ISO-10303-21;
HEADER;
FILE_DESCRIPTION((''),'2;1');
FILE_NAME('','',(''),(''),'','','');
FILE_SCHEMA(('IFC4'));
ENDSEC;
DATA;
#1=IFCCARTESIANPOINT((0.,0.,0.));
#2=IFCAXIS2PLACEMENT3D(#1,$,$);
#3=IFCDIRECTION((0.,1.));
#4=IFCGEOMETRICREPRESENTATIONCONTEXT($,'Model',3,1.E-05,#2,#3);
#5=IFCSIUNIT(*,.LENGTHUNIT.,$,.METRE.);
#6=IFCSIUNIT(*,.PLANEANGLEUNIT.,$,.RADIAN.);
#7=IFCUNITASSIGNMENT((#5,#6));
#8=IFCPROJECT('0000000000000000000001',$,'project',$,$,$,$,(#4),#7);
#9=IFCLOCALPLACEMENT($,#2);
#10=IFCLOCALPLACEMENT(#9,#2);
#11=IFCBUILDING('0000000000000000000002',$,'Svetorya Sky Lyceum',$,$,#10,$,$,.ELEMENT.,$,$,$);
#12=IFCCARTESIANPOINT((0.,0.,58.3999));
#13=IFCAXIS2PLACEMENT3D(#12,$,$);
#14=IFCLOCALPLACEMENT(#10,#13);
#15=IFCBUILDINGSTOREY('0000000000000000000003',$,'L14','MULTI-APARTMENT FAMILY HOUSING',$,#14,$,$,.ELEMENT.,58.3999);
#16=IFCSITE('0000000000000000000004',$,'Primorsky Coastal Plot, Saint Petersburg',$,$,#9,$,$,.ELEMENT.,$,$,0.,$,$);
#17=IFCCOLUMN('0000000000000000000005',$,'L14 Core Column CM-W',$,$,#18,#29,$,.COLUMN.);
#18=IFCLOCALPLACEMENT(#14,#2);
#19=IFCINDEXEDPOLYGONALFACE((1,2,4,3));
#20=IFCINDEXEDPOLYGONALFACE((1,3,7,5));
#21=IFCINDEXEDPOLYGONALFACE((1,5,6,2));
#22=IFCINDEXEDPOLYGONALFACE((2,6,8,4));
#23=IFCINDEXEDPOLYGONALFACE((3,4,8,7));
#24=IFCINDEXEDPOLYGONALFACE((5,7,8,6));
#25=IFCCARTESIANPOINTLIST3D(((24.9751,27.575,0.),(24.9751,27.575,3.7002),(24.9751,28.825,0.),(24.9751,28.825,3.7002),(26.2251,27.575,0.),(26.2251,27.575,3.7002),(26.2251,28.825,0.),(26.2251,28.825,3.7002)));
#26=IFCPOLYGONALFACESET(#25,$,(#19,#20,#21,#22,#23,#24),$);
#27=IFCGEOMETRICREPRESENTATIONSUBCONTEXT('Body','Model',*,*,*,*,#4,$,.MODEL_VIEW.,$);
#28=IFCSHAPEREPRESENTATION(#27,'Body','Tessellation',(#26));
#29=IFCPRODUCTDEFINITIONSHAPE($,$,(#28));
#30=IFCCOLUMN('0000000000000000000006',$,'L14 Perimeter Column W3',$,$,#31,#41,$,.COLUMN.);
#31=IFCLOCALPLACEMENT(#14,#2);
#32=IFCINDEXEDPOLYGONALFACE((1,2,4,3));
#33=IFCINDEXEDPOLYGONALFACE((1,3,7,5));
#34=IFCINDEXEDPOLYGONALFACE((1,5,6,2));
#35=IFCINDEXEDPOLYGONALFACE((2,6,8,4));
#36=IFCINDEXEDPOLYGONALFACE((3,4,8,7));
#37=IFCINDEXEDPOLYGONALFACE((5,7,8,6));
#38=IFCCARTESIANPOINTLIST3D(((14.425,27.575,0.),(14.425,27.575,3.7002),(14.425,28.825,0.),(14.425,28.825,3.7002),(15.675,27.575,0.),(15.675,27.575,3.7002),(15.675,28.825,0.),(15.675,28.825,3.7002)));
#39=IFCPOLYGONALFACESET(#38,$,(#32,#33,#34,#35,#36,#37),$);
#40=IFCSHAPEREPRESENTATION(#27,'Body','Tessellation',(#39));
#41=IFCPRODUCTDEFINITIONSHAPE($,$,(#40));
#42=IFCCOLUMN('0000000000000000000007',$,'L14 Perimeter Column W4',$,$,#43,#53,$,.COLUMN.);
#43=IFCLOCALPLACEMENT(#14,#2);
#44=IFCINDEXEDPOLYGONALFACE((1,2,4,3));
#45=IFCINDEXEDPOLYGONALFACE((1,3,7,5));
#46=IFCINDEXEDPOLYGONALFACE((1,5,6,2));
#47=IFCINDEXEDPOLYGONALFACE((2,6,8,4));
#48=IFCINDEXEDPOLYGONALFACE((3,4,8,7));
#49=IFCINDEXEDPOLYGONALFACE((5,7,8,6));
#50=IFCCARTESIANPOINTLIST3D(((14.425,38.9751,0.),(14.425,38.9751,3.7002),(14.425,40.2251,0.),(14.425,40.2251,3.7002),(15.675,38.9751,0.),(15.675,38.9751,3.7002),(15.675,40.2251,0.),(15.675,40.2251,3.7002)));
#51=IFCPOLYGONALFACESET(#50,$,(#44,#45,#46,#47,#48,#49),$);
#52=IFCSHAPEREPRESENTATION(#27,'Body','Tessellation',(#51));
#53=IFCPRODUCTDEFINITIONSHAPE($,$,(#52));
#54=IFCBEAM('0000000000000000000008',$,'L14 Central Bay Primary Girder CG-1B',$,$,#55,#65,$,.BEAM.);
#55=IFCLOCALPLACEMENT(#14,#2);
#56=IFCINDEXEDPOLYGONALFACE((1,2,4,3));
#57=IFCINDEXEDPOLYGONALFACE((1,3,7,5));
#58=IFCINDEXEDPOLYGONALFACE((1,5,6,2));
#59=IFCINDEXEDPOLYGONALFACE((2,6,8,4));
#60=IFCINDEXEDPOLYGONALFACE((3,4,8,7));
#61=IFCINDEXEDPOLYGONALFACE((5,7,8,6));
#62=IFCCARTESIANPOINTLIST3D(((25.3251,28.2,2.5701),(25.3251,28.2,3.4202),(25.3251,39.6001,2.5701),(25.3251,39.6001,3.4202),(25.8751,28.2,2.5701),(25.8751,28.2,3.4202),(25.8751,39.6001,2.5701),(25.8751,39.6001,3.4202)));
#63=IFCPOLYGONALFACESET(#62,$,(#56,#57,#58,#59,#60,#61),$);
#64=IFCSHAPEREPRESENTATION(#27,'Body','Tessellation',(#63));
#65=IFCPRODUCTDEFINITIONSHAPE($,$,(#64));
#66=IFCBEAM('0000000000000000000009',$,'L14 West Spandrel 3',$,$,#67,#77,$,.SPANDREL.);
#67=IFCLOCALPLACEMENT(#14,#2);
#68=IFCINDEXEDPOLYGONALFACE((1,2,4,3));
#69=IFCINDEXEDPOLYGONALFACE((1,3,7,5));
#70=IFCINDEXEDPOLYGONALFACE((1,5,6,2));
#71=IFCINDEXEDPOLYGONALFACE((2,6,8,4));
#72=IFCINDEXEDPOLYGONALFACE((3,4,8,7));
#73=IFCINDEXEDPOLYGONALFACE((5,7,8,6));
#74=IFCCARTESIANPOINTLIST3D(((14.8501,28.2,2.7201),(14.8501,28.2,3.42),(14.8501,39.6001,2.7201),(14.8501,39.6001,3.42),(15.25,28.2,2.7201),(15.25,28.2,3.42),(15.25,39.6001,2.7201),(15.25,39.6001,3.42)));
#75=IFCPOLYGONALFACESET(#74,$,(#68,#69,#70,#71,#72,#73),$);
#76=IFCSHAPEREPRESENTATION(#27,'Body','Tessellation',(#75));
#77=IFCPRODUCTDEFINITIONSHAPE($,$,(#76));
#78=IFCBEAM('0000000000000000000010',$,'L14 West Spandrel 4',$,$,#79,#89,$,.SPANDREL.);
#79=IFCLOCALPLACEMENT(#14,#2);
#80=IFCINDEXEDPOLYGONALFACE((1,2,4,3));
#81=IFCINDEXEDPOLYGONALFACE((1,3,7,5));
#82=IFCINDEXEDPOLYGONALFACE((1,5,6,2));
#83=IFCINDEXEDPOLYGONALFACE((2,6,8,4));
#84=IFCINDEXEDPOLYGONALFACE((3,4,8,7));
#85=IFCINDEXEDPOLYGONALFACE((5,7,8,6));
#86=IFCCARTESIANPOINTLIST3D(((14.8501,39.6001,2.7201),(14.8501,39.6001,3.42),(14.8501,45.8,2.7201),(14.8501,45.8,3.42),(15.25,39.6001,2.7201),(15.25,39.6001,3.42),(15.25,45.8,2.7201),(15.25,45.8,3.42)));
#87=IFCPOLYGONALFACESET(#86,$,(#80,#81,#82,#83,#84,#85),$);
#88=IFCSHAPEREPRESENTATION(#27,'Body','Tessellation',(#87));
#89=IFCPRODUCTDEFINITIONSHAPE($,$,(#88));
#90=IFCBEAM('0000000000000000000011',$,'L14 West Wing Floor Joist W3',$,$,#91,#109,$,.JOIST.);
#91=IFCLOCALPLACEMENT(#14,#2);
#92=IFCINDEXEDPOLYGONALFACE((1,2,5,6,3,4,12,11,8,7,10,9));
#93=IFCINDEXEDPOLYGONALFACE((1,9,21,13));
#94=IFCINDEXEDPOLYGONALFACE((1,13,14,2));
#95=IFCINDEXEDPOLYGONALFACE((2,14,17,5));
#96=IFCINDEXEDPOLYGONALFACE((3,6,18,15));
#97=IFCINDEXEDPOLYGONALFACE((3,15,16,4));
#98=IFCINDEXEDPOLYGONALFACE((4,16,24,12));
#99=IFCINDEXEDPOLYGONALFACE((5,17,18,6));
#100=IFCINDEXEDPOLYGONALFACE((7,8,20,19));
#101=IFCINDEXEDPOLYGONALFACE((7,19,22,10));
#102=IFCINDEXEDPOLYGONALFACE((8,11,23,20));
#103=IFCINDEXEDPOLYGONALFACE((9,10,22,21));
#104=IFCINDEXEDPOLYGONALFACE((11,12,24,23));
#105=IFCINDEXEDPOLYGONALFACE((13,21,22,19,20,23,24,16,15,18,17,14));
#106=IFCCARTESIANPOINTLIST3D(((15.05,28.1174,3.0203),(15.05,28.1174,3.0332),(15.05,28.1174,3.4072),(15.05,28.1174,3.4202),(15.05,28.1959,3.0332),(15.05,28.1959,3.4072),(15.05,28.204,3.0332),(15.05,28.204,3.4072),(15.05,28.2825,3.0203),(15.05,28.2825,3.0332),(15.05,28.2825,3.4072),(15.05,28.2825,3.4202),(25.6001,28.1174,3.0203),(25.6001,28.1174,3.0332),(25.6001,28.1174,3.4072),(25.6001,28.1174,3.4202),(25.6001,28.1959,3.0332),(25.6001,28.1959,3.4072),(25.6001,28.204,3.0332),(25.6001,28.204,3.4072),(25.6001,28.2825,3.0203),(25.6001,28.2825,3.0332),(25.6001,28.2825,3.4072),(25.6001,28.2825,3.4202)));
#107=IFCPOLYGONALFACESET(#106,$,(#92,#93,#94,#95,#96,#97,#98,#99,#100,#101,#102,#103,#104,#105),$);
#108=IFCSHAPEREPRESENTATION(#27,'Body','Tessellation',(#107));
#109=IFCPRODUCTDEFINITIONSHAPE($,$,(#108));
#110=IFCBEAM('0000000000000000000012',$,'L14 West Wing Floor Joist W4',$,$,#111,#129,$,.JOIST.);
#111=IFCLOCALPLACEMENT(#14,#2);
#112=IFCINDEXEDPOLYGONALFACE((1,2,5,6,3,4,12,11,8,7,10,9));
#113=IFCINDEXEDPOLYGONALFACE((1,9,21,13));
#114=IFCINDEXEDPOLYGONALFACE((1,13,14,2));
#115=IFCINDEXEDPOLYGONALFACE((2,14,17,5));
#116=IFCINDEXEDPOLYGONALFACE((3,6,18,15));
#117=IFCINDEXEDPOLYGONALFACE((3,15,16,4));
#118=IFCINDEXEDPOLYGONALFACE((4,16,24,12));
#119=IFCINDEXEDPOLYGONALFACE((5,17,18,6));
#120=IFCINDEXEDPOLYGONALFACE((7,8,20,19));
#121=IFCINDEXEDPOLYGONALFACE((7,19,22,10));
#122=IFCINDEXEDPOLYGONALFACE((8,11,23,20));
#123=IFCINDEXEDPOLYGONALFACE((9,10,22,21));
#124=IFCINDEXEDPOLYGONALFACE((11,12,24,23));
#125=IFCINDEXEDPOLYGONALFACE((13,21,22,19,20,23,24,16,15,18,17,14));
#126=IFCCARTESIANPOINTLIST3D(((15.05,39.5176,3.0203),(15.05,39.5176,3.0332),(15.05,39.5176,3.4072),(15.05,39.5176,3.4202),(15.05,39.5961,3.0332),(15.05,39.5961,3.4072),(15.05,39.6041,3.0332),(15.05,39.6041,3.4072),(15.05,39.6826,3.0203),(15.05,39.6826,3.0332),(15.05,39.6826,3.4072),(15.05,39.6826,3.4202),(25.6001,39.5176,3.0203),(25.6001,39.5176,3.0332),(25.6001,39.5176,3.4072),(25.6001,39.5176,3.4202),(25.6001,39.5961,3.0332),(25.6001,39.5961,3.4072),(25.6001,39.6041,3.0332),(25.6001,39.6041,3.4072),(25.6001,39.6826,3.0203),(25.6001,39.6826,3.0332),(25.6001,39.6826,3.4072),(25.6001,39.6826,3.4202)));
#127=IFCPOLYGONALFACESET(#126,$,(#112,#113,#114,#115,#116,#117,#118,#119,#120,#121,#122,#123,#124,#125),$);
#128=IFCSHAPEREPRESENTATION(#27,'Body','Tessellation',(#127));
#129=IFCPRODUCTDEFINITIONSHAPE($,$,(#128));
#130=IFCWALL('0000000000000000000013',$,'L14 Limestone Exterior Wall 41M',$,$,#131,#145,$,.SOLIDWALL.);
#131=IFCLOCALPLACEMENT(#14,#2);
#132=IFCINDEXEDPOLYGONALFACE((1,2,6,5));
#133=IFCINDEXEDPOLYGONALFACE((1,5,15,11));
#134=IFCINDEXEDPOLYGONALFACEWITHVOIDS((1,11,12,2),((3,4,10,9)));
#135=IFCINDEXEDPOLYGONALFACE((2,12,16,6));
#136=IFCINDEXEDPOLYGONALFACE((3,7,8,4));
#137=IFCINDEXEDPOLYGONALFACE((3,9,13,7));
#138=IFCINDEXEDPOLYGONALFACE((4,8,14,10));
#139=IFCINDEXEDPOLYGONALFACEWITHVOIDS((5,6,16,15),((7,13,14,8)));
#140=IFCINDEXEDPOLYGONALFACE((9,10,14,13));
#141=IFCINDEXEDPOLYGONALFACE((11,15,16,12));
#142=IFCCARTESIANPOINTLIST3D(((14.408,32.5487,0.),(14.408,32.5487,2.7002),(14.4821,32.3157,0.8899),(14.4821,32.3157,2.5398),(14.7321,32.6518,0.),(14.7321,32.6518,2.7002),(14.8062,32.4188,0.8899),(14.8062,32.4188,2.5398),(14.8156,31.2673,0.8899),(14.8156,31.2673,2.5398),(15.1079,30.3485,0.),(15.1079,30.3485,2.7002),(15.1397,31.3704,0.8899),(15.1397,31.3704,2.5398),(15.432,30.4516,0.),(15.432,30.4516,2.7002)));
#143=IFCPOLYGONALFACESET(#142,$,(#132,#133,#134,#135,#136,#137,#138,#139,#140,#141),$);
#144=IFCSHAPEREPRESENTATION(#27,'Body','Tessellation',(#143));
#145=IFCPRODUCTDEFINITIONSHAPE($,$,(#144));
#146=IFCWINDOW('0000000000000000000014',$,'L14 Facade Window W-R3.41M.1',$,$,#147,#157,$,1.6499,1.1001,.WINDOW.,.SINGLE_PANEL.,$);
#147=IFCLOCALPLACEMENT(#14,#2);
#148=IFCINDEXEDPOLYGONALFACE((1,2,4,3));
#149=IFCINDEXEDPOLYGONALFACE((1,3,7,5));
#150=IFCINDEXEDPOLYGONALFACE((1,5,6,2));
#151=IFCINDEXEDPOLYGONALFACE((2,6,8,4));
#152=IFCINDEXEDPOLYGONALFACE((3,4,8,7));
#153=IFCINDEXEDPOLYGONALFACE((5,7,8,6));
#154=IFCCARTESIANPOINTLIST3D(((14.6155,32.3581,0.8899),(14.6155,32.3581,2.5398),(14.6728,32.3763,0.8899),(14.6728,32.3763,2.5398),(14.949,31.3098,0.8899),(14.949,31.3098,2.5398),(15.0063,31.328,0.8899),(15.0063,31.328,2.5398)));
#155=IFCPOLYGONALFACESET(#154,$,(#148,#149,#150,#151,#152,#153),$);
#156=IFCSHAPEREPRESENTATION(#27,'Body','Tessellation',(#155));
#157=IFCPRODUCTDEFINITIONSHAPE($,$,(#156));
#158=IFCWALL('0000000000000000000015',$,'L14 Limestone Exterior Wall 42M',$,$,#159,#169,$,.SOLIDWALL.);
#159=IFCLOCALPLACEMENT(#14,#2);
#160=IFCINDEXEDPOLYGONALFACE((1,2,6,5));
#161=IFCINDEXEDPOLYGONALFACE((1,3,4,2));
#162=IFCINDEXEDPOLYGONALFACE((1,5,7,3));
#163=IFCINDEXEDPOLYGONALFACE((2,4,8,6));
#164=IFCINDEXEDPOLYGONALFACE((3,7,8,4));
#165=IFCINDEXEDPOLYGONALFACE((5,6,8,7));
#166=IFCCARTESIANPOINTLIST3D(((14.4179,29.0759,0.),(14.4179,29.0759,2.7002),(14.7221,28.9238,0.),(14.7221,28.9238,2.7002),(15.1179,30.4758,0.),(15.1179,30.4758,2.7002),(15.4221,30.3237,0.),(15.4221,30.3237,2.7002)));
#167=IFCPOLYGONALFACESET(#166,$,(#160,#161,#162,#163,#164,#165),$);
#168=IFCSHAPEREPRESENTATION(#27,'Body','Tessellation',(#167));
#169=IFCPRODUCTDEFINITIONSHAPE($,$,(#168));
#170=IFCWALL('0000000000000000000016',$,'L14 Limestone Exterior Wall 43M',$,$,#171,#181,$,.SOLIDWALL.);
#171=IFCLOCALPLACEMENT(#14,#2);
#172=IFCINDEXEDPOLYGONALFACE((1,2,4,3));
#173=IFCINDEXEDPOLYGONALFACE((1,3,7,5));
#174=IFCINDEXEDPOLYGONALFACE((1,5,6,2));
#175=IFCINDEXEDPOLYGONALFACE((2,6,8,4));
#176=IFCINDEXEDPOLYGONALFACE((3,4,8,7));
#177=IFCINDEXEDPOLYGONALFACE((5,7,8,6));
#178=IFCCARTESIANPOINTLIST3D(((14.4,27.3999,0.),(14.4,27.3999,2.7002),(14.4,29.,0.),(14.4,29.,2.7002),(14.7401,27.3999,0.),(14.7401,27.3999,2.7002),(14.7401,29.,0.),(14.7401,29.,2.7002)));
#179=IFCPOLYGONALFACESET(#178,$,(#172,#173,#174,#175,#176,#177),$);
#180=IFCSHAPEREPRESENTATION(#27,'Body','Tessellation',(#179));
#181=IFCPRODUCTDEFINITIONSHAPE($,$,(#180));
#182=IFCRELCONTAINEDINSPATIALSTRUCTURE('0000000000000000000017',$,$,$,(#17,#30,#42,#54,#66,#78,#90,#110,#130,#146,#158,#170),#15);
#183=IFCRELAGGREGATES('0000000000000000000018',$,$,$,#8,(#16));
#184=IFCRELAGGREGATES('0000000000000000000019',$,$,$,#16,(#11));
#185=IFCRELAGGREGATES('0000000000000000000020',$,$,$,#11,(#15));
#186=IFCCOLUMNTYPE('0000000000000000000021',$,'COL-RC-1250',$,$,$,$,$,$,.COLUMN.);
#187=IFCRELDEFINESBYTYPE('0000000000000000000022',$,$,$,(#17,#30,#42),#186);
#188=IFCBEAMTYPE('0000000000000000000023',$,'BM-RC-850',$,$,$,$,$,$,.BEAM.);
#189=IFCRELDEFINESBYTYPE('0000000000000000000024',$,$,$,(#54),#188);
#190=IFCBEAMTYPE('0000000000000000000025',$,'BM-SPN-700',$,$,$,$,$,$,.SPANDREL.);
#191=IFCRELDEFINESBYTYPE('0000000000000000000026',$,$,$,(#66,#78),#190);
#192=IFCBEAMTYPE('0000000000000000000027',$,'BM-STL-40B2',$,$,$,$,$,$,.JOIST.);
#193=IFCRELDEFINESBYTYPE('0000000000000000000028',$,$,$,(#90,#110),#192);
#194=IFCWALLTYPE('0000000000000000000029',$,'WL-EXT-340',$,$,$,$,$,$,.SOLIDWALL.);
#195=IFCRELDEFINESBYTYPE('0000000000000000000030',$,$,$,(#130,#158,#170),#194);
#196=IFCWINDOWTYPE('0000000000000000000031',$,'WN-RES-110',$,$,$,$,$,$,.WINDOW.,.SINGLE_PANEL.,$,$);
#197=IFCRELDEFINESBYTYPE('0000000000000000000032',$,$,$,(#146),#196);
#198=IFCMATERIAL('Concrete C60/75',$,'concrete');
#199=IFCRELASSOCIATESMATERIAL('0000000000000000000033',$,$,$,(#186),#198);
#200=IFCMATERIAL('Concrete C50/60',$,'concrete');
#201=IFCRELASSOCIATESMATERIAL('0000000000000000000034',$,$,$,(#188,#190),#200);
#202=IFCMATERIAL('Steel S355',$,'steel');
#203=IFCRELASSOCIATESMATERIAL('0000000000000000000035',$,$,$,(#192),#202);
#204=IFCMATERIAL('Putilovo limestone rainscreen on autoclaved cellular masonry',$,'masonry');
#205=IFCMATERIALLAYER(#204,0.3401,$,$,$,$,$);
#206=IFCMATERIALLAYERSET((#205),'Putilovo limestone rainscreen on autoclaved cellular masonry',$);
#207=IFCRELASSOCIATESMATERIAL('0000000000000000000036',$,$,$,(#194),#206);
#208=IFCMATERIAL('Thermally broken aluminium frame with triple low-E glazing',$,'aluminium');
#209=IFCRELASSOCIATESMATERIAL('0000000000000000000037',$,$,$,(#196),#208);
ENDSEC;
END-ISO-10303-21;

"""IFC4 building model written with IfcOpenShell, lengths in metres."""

from ifc_helpers import new_model, si_unit, direction, frame, frame_2d, origin, origin_2d, place, context, subcontext, project, spatial, rectangle, i_section, extrude, material, layer, layer_set, material_profile, profile_set, type_object, element, fill, save


model = new_model("IFC4")

# Units and contexts
model_context = context("Model", 3, precision=1e-05, world=origin(), true_north=direction((0.0, 1.0)))
body_context = subcontext(model_context, "Body", "Model", "MODEL_VIEW")
ifc_project = project(units=[si_unit("LENGTHUNIT", "METRE"), si_unit("PLANEANGLEUNIT", "RADIAN")], contexts=[model_context])

# Site, building, storey
site_placement = place(None, origin())
site = spatial("IfcSite", under=ifc_project, at=site_placement, Name="Primorsky Coastal Plot, Saint Petersburg", CompositionType="ELEMENT", RefElevation=0.0)
building_placement = place(site_placement, origin())
building = spatial("IfcBuilding", under=site, at=building_placement, Name="Svetorya Sky Lyceum", CompositionType="ELEMENT")
storey_placement = place(building_placement, frame((0.0, 0.0, 58.3999)))
storey = spatial("IfcBuildingStorey", under=building, at=storey_placement, Name="L14", Description="MULTI-APARTMENT FAMILY HOUSING", CompositionType="ELEMENT", Elevation=58.3999)

# Columns
ifc_material_1 = material(Name="Concrete C60/75", Category="concrete")
ifc_material_profile_1 = material_profile(ifc_material_1, rectangle(XDim=1.25, YDim=1.25, at=origin_2d()), Name="RC COL 1250x1250")
ifc_profile_set_1 = profile_set([ifc_material_profile_1], Name="Concrete C60/75")
column_type = type_object("IfcColumnType", Name="COL-RC-1250", PredefinedType="COLUMN", material=ifc_profile_set_1)
for number, where, z_axis, x_axis, name in (
    (1, (25.6001, 28.2, 0.0), (0.0, 0.0, 1.0), (1.0, 0.0, 0.0), "L14 Core Column CM-W"),
    (2, (15.05, 28.2, 0.0), (0.0, 0.0, 1.0), (1.0, 0.0, 0.0), "L14 Perimeter Column W3"),
    (3, (15.05, 39.6001, 0.0), (0.0, 0.0, 1.0), (1.0, 0.0, 0.0), "L14 Perimeter Column W4"),
):
    element("IfcColumn", number, at=place(storey_placement, frame(where, z_axis=z_axis, x_axis=x_axis)), inside=storey, type_object=column_type, Name=name, PredefinedType="COLUMN", context=body_context, shape_type="SweptSolid", body=[
        extrude(rectangle(XDim=1.25, YDim=1.25, at=origin_2d()), origin(), (0.0, 0.0, 1.0), 3.7002),
    ])

# Beams
ifc_material_2 = material(Name="Concrete C50/60", Category="concrete")
ifc_material_profile_2 = material_profile(ifc_material_2, rectangle(XDim=0.55, YDim=0.8501, at=origin_2d()), Name="RC BEAM 550x850")
ifc_profile_set_2 = profile_set([ifc_material_profile_2], Name="Concrete C50/60")
beam_type_1 = type_object("IfcBeamType", Name="BM-RC-850", PredefinedType="BEAM", material=ifc_profile_set_2)
beam_1_placement = place(storey_placement, frame((25.6001, 28.2, 2.9951), z_axis=(0.0, 1.0, 0.0), x_axis=(-1.0, 0.0, 0.0)))
element("IfcBeam", 4, at=beam_1_placement, inside=storey, type_object=beam_type_1, Name="L14 Central Bay Primary Girder CG-1B", PredefinedType="BEAM", context=body_context, shape_type="SweptSolid", body=[
    extrude(rectangle(XDim=0.55, YDim=0.8501, at=origin_2d()), origin(), (0.0, 0.0, 1.0), 11.4001),
])
ifc_material_profile_3 = material_profile(ifc_material_2, rectangle(XDim=0.3999, YDim=0.7, at=origin_2d()), Name="RC SPANDREL 400x700")
ifc_profile_set_3 = profile_set([ifc_material_profile_3], Name="Concrete C50/60")
beam_type_2 = type_object("IfcBeamType", Name="BM-SPN-700", PredefinedType="SPANDREL", material=ifc_profile_set_3)
beam_2_placement = place(storey_placement, frame((15.05, 28.2, 3.0701), z_axis=(0.0, 1.0, 0.0), x_axis=(-1.0, 0.0, 0.0)))
element("IfcBeam", 5, at=beam_2_placement, inside=storey, type_object=beam_type_2, Name="L14 West Spandrel 3", PredefinedType="SPANDREL", context=body_context, shape_type="SweptSolid", body=[
    extrude(rectangle(XDim=0.3999, YDim=0.7, at=origin_2d()), origin(), (0.0, 0.0, 1.0), 11.4001),
])
beam_3_placement = place(storey_placement, frame((15.05, 39.6001, 3.0701), z_axis=(0.0, 1.0, 0.0), x_axis=(-1.0, 0.0, 0.0)))
element("IfcBeam", 6, at=beam_3_placement, inside=storey, type_object=beam_type_2, Name="L14 West Spandrel 4", PredefinedType="SPANDREL", context=body_context, shape_type="SweptSolid", body=[
    extrude(rectangle(XDim=0.3999, YDim=0.7, at=origin_2d()), origin(), (0.0, 0.0, 1.0), 6.2),
])
ifc_material_3 = material(Name="Steel S355", Category="steel")
ifc_material_profile_4 = material_profile(ifc_material_3, i_section(OverallWidth=0.165, OverallDepth=0.3999, WebThickness=0.0081, FlangeThickness=0.0129, at=origin_2d()), Name="GOST 40B2")
ifc_profile_set_4 = profile_set([ifc_material_profile_4], Name="Steel S355")
beam_type_3 = type_object("IfcBeamType", Name="BM-STL-40B2", PredefinedType="JOIST", material=ifc_profile_set_4)
for number, where, z_axis, x_axis, name in (
    (7, (15.05, 28.2, 3.2202), (1.0, 0.0, 0.0), (0.0, 1.0, 0.0), "L14 West Wing Floor Joist W3"),
    (8, (15.05, 39.6001, 3.2202), (1.0, 0.0, 0.0), (0.0, 1.0, 0.0), "L14 West Wing Floor Joist W4"),
):
    element("IfcBeam", number, at=place(storey_placement, frame(where, z_axis=z_axis, x_axis=x_axis)), inside=storey, type_object=beam_type_3, Name=name, PredefinedType="JOIST", context=body_context, shape_type="SweptSolid", body=[
        extrude(i_section(OverallWidth=0.165, OverallDepth=0.3999, WebThickness=0.0081, FlangeThickness=0.0129, at=origin_2d()), origin(), (0.0, 0.0, 1.0), 10.55),
    ])

# Wall, opening, window
ifc_material_4 = material(Name="Putilovo limestone rainscreen on autoclaved cellular masonry", Category="masonry")
ifc_layer_1 = layer(ifc_material_4, 0.3401)
ifc_layer_set_1 = layer_set([ifc_layer_1], Name="Putilovo limestone rainscreen on autoclaved cellular masonry")
wall_type_1 = type_object("IfcWallType", Name="WL-EXT-340", PredefinedType="SOLIDWALL", material=ifc_layer_set_1)
wall_1_placement = place(storey_placement, frame((14.5701, 32.6001, 0.0), z_axis=(0.0, 0.0, 1.0), x_axis=(0.30316, -0.95294, 0.0)))
wall_1 = element("IfcWall", 9, at=wall_1_placement, inside=storey, type_object=wall_type_1, Name="L14 Limestone Exterior Wall 41M", PredefinedType="SOLIDWALL", context=body_context, shape_type="SweptSolid", body=[
    extrude(rectangle(XDim=2.3088, YDim=0.3401, at=frame_2d((1.1543, 0.0))), origin(), (0.0, 0.0, 1.0), 2.7002),
])
opening_1_placement = place(wall_1_placement, frame((0.2444, 0.0, 0.8899)))
opening_1 = element("IfcOpeningElement", 10, at=opening_1_placement, cuts=wall_1, PredefinedType="OPENING", context=body_context, shape_type="SweptSolid", body=[
    extrude(rectangle(XDim=1.1001, YDim=1.6499, at=frame_2d((0.55, 0.825))), frame((0.0, 0.1799, 0.0), z_axis=(0.0, -1.0, 0.0), x_axis=(1.0, 0.0, 0.0)), (0.0, 0.0, 1.0), 0.3601),
])
ifc_material_5 = material(Name="Thermally broken aluminium frame with triple low-E glazing", Category="aluminium")
window_type = type_object("IfcWindowType", Name="WN-RES-110", PartitioningType="SINGLE_PANEL", PredefinedType="WINDOW", material=ifc_material_5)
window_placement = place(opening_1_placement, origin())
window = element("IfcWindow", 11, at=window_placement, inside=storey, type_object=window_type, Name="L14 Facade Window W-R3.41M.1", OverallHeight=1.6499, OverallWidth=1.1001, PartitioningType="SINGLE_PANEL", PredefinedType="WINDOW", context=body_context, shape_type="SweptSolid", body=[
    extrude(rectangle(XDim=1.1001, YDim=1.6499, at=frame_2d((0.55, 0.825))), frame((0.0, 0.03, 0.0), z_axis=(0.0, -1.0, 0.0), x_axis=(1.0, 0.0, 0.0)), (0.0, 0.0, 1.0), 0.0601),
])
fill(opening_1, window)

# Walls
wall_2_placement = place(storey_placement, frame((15.27, 30.3999, 0.0), z_axis=(0.0, 0.0, 1.0), x_axis=(-0.447214, -0.894427, 0.0)))
element("IfcWall", 12, at=wall_2_placement, inside=storey, type_object=wall_type_1, Name="L14 Limestone Exterior Wall 42M", PredefinedType="SOLIDWALL", context=body_context, shape_type="SweptSolid", body=[
    extrude(rectangle(XDim=1.5652, YDim=0.3401, at=frame_2d((0.7827, 0.0))), origin(), (0.0, 0.0, 1.0), 2.7002),
])
wall_3_placement = place(storey_placement, frame((14.5701, 29.0, 0.0), z_axis=(0.0, 0.0, 1.0), x_axis=(0.0, -1.0, 0.0)))
element("IfcWall", 13, at=wall_3_placement, inside=storey, type_object=wall_type_1, Name="L14 Limestone Exterior Wall 43M", PredefinedType="SOLIDWALL", context=body_context, shape_type="SweptSolid", body=[
    extrude(rectangle(XDim=1.6001, YDim=0.3401, at=frame_2d((0.8, 0.0))), origin(), (0.0, 0.0, 1.0), 2.7002),
])

save(model, "model.ifc")
